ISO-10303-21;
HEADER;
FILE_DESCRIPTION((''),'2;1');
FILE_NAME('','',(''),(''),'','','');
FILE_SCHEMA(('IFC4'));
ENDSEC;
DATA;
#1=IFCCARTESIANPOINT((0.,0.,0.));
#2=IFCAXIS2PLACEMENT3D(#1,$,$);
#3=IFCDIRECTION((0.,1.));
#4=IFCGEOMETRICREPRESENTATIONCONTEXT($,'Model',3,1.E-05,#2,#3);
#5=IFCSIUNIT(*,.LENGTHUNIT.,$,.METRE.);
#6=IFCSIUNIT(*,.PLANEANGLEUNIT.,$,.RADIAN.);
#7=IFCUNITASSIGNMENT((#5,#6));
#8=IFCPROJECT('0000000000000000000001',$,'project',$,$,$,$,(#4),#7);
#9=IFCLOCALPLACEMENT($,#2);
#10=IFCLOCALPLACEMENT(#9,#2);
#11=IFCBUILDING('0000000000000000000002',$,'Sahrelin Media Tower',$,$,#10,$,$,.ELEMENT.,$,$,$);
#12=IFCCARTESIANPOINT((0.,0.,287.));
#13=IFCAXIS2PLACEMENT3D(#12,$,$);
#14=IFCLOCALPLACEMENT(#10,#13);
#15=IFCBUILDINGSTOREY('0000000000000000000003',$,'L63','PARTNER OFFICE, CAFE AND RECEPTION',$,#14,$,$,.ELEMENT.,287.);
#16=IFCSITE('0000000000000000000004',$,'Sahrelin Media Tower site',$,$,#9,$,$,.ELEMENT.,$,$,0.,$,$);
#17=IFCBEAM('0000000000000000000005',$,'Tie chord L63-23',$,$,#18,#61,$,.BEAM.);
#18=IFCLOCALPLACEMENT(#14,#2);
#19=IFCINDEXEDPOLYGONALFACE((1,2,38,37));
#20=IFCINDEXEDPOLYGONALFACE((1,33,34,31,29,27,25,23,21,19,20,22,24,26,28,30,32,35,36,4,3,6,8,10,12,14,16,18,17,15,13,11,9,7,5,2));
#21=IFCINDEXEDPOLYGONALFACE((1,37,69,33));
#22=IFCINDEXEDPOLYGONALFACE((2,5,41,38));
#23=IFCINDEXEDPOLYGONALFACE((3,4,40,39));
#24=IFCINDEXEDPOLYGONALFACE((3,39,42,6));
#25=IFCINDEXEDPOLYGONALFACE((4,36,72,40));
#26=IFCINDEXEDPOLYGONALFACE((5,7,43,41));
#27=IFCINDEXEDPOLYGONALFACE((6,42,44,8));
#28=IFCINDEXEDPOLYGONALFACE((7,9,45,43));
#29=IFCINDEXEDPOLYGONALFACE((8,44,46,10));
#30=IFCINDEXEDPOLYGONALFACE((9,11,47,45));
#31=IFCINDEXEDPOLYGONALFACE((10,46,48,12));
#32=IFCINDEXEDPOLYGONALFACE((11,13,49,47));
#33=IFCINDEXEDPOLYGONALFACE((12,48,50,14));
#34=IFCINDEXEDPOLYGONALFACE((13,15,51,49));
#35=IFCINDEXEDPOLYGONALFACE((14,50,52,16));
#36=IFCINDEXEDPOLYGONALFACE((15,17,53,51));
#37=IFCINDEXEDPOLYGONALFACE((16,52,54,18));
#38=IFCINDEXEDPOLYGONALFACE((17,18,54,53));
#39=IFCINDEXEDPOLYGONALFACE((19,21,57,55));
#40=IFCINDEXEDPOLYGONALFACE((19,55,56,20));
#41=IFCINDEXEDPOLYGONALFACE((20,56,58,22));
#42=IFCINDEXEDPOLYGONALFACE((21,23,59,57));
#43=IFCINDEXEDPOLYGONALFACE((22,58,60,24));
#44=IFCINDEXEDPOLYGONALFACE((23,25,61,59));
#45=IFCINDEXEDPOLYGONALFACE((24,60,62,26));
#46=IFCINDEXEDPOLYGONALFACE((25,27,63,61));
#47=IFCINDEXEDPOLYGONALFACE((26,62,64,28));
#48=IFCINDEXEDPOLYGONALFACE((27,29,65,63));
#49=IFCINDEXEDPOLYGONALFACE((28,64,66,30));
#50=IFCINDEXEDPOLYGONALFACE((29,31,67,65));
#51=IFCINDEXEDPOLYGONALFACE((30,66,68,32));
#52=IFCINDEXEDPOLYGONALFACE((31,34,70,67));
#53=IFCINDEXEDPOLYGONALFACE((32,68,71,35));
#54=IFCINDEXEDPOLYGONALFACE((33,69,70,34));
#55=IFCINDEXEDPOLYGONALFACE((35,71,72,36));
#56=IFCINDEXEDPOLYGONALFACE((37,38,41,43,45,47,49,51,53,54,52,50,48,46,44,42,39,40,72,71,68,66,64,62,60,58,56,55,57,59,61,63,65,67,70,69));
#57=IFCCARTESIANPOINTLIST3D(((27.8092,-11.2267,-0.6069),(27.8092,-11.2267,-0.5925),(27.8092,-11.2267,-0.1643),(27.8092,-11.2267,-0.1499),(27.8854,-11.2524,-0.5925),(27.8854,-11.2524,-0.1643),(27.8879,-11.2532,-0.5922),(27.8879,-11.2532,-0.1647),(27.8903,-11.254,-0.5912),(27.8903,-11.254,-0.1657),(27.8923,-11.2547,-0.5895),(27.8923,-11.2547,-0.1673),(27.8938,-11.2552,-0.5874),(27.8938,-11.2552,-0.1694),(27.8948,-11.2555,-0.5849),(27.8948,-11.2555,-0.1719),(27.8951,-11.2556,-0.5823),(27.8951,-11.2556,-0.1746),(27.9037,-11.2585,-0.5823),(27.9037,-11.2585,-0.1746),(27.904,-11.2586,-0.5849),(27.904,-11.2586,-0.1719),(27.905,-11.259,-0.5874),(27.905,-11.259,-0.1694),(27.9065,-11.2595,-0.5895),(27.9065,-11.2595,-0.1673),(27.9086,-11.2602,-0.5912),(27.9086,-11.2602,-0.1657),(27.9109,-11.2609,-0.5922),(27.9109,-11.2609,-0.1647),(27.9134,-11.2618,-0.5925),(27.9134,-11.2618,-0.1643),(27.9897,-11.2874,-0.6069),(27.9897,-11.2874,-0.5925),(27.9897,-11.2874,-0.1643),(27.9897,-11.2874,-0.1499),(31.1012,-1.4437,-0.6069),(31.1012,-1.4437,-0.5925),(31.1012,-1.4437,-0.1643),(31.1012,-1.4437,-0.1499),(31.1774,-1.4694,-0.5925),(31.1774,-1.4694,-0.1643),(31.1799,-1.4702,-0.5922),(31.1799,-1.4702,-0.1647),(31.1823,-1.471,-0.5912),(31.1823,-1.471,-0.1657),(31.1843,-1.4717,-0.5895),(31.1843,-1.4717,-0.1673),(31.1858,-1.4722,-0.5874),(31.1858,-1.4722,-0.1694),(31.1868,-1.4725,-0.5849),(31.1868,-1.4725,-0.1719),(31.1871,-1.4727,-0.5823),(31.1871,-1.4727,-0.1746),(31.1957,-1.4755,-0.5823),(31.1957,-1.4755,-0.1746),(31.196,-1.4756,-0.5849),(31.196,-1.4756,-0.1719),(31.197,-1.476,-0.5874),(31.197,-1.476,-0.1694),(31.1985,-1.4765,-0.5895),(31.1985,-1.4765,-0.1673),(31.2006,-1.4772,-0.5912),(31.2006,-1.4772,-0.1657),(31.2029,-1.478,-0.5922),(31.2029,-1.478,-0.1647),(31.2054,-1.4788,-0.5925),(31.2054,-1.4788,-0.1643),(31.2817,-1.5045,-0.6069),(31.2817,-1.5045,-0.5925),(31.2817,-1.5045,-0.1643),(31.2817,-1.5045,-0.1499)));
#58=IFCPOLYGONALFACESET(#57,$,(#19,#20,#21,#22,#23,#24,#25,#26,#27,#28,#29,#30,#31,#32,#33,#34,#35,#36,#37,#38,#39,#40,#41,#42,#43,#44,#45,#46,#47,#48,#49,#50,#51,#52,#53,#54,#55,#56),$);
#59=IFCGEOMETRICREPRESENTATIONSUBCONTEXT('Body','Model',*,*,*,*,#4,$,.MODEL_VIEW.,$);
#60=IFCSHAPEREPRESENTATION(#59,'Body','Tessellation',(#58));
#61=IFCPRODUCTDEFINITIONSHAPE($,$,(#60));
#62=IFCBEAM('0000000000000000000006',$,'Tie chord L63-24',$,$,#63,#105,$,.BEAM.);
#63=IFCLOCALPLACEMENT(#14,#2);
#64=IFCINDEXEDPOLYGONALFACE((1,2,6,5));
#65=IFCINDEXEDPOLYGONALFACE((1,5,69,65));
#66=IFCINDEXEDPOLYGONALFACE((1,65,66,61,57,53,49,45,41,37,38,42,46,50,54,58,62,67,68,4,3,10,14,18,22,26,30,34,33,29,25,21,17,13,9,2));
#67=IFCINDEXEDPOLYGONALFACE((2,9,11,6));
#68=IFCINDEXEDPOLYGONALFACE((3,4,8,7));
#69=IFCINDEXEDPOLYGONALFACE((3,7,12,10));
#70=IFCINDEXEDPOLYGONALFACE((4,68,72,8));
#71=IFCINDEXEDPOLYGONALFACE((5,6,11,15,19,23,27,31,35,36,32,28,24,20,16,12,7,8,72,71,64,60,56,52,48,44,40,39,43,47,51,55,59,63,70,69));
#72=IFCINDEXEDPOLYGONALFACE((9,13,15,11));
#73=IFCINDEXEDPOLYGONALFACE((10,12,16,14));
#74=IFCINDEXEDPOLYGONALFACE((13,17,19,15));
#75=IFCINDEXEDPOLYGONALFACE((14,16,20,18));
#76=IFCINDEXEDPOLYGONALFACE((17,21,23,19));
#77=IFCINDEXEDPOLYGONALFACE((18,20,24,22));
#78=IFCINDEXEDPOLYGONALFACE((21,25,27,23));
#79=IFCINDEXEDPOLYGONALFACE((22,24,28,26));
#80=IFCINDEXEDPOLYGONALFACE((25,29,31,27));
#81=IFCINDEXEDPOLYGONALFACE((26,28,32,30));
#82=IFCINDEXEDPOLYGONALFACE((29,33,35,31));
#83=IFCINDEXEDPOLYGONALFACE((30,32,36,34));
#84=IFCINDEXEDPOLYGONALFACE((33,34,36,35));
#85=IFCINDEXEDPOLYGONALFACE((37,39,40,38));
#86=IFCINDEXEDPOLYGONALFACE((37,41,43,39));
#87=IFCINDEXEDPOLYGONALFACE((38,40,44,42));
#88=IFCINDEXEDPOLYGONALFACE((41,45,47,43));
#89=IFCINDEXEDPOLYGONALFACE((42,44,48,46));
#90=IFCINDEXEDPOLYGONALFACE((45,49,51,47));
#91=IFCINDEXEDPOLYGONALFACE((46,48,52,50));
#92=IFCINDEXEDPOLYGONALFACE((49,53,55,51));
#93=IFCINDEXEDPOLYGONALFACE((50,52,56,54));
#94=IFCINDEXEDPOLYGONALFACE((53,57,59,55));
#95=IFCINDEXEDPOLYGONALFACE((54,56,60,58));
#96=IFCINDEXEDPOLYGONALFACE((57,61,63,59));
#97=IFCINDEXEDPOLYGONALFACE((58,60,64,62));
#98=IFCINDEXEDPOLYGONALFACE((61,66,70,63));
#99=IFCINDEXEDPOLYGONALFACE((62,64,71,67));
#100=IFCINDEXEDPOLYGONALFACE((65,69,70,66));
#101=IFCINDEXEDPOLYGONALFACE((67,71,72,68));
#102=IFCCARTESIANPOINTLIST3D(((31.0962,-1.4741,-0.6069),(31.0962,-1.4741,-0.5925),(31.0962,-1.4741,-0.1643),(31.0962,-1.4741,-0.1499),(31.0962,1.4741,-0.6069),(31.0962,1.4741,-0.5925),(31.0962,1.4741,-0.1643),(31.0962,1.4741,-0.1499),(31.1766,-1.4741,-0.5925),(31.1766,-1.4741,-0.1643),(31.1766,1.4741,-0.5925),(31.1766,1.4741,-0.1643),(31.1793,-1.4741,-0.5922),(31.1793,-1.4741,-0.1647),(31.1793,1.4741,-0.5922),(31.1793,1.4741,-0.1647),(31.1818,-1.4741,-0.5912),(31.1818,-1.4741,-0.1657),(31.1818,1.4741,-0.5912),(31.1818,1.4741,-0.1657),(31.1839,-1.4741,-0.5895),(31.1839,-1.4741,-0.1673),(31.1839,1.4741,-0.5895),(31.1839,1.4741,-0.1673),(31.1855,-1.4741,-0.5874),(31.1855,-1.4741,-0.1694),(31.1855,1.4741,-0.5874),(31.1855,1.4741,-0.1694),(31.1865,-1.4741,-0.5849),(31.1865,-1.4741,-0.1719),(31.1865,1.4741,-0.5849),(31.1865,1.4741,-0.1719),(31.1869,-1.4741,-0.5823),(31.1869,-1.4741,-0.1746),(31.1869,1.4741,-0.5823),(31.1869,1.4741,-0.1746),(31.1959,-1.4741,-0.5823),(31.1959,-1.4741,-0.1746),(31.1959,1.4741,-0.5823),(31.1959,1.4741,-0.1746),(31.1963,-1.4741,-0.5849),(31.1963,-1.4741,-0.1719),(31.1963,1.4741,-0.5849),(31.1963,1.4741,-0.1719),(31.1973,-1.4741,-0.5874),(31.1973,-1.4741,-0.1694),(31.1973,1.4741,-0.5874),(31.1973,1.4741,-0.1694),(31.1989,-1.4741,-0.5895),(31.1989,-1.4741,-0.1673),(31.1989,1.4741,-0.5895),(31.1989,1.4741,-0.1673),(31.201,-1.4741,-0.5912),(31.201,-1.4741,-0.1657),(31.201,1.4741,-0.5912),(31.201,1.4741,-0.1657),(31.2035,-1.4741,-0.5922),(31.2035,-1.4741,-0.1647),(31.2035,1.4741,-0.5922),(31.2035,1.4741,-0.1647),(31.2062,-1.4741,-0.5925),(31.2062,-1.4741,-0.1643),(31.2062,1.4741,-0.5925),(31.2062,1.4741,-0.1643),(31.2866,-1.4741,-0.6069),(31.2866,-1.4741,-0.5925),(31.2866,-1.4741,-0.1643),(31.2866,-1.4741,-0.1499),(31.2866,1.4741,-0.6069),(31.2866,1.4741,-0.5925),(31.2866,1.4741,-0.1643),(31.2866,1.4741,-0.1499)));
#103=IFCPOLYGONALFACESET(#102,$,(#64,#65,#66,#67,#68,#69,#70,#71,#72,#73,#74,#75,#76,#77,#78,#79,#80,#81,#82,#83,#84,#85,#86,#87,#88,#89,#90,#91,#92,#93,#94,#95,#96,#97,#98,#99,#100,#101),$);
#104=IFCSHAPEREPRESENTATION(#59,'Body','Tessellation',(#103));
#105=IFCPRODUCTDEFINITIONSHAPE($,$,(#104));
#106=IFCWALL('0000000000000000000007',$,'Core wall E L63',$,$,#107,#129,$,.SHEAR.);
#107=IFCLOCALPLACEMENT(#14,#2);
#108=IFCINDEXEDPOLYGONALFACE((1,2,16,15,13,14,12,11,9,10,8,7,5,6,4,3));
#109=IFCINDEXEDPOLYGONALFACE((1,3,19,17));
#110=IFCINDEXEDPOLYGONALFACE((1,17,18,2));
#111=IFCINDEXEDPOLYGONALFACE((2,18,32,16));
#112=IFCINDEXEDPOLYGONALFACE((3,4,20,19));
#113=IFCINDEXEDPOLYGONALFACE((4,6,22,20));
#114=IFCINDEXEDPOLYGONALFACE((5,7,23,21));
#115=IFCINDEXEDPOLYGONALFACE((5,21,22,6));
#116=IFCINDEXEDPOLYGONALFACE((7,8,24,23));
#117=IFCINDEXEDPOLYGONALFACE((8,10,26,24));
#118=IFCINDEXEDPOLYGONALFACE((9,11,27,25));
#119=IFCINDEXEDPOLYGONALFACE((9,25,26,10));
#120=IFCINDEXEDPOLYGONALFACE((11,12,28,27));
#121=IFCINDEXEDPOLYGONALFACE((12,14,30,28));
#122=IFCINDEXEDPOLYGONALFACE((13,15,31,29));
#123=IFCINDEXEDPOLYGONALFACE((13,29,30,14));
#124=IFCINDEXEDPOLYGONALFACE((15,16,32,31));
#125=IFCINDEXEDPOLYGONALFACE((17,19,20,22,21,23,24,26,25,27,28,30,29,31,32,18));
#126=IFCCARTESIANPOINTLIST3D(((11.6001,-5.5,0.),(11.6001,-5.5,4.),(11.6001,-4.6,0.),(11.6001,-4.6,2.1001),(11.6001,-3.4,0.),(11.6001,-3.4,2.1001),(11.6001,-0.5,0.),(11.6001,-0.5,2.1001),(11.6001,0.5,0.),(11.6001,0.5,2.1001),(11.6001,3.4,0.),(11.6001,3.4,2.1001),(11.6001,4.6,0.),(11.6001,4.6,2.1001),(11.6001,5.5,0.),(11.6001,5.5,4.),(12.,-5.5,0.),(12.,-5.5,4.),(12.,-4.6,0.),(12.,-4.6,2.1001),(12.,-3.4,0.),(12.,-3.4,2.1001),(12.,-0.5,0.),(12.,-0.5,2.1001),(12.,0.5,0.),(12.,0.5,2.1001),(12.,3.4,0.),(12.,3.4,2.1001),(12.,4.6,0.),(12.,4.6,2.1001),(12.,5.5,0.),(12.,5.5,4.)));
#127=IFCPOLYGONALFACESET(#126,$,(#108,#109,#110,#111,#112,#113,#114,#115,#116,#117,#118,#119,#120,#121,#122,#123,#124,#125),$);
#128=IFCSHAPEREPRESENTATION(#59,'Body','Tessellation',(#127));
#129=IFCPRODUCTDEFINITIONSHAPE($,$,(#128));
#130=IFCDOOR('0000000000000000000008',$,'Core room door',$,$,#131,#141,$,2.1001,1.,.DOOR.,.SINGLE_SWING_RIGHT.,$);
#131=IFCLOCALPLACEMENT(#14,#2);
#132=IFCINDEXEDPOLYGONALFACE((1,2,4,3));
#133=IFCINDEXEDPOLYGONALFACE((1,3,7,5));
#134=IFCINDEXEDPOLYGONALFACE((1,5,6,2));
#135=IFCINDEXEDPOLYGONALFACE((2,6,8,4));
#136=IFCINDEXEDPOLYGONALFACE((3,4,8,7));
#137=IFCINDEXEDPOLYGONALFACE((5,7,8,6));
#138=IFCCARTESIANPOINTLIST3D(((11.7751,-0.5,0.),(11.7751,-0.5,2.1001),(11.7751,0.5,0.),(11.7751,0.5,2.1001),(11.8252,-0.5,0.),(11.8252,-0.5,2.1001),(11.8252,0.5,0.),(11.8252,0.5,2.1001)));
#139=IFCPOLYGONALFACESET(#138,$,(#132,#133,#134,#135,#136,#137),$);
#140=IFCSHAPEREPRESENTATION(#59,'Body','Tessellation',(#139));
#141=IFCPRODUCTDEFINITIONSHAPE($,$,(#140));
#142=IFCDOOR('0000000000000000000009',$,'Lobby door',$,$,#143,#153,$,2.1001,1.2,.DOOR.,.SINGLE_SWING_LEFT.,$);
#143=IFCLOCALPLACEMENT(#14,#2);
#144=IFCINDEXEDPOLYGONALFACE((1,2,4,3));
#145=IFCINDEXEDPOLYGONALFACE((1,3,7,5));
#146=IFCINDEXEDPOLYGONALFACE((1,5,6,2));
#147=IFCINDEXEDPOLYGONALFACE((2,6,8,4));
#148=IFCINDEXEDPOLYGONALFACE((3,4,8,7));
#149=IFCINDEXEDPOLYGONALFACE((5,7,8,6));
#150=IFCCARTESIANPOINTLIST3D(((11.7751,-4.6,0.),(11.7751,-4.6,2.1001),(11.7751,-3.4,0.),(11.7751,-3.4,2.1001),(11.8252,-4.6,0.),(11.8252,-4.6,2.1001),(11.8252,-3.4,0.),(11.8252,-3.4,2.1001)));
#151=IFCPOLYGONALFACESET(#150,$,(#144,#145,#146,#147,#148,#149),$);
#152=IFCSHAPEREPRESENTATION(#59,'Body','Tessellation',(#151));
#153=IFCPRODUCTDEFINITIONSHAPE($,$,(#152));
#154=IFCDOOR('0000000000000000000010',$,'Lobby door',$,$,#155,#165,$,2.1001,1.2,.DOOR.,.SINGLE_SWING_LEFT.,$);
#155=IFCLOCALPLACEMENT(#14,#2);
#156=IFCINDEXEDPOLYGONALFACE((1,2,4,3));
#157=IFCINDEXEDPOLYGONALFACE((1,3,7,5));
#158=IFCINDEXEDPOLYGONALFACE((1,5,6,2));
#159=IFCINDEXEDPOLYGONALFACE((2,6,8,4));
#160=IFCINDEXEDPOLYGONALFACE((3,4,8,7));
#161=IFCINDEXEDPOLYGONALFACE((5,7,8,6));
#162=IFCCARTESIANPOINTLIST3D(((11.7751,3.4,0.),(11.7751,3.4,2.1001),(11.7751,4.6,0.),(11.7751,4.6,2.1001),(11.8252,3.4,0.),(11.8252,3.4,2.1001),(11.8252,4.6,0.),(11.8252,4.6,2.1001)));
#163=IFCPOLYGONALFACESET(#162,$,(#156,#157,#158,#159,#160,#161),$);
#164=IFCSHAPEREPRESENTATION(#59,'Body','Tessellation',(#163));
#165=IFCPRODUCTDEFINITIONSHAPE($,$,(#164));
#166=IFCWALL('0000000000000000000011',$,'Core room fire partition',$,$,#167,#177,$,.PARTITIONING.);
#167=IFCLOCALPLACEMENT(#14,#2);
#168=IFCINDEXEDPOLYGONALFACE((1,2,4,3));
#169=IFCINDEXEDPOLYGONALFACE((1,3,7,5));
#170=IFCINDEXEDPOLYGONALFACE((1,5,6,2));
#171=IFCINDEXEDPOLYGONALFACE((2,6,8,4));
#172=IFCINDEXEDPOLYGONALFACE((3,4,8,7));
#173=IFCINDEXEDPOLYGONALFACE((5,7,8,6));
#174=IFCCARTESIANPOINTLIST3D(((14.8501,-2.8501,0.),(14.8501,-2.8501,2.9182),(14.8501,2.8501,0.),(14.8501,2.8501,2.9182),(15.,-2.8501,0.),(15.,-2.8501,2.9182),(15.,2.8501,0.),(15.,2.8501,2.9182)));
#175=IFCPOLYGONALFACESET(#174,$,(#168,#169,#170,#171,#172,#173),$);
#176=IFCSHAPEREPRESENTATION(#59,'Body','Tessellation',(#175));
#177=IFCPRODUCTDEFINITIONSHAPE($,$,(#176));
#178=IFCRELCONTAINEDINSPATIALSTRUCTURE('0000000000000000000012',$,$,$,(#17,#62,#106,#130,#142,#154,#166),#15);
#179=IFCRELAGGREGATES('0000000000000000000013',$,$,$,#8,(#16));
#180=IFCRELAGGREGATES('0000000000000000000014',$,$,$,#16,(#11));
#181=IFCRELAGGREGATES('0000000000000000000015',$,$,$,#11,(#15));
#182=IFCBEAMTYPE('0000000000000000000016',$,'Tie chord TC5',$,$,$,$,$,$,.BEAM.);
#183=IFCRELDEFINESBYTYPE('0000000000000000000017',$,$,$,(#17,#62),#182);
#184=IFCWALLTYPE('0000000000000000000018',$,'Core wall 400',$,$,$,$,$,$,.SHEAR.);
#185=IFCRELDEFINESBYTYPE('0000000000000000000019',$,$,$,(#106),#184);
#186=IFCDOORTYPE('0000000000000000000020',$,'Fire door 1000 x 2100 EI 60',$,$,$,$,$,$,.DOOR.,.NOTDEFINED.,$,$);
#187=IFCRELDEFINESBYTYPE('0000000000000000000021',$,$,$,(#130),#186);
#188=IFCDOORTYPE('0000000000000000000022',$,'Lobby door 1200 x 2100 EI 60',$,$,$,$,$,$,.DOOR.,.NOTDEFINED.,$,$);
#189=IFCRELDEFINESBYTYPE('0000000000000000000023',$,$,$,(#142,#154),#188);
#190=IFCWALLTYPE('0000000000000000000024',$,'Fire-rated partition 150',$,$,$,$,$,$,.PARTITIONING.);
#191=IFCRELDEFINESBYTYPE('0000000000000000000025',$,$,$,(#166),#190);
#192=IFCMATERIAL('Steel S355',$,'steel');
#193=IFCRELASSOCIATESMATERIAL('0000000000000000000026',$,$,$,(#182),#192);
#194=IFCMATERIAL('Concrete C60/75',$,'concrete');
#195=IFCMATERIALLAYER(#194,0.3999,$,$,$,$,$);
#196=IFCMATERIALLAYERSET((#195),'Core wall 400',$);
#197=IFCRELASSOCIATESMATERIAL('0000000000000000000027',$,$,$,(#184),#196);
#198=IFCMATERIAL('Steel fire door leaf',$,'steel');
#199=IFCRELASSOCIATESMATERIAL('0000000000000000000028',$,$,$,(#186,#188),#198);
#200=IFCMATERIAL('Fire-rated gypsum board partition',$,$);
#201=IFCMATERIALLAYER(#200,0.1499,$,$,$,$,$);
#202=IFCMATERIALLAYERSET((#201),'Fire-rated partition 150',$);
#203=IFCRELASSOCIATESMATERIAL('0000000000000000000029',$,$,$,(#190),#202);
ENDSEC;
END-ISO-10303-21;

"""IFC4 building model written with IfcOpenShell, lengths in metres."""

from ifc_helpers import new_model, si_unit, direction, frame, frame_2d, origin, origin_2d, place, context, subcontext, project, spatial, rectangle, i_section, extrude, material, layer, layer_set, material_profile, profile_set, type_object, element, fill, save


model = new_model("IFC4")

# Units and contexts
model_context = context("Model", 3, precision=1e-05, world=origin(), true_north=direction((0.0, 1.0)))
body_context = subcontext(model_context, "Body", "Model", "MODEL_VIEW")
ifc_project = project(units=[si_unit("LENGTHUNIT", "METRE"), si_unit("PLANEANGLEUNIT", "RADIAN")], contexts=[model_context])

# Site, building, storey
site_placement = place(None, origin())
site = spatial("IfcSite", under=ifc_project, at=site_placement, Name="Sahrelin Media Tower site", CompositionType="ELEMENT", RefElevation=0.0)
building_placement = place(site_placement, origin())
building = spatial("IfcBuilding", under=site, at=building_placement, Name="Sahrelin Media Tower", CompositionType="ELEMENT")
storey_placement = place(building_placement, frame((0.0, 0.0, 287.0)))
storey = spatial("IfcBuildingStorey", under=building, at=storey_placement, Name="L63", Description="PARTNER OFFICE, CAFE AND RECEPTION", CompositionType="ELEMENT", Elevation=287.0)

# Beams
ifc_material_1 = material(Name="Steel S355", Category="steel")
ifc_material_profile_1 = material_profile(ifc_material_1, i_section(OverallWidth=0.1904, OverallDepth=0.457, WebThickness=0.009, FlangeThickness=0.0144, FilletRadius=0.0103, at=origin_2d()), Name="UB 457x191x74")
ifc_profile_set_1 = profile_set([ifc_material_profile_1], Name="Steel S355")
beam_type_1 = type_object("IfcBeamType", Name="Tie chord TC5", PredefinedType="BEAM", material=ifc_profile_set_1)
beam_1_placement = place(storey_placement, frame((27.8994, -11.2571, -0.3784), z_axis=(0.31893, 0.947778, 0.0), x_axis=(-0.947778, 0.31893, 0.0)))
element("IfcBeam", 1, at=beam_1_placement, inside=storey, type_object=beam_type_1, Name="Tie chord L63-23", PredefinedType="BEAM", context=body_context, shape_type="SweptSolid", body=[
    extrude(i_section(OverallWidth=0.1904, OverallDepth=0.457, WebThickness=0.009, FlangeThickness=0.0144, FilletRadius=0.0103, at=origin_2d()), origin(), (0.0, 0.0, 1.0), 10.322),
])
beam_2_placement = place(storey_placement, frame((31.1914, -1.4741, -0.3784), z_axis=(0.0, 1.0, 0.0), x_axis=(-1.0, 0.0, 0.0)))
element("IfcBeam", 2, at=beam_2_placement, inside=storey, type_object=beam_type_1, Name="Tie chord L63-24", PredefinedType="BEAM", context=body_context, shape_type="SweptSolid", body=[
    extrude(i_section(OverallWidth=0.1904, OverallDepth=0.457, WebThickness=0.009, FlangeThickness=0.0144, FilletRadius=0.0103, at=origin_2d()), origin(), (0.0, 0.0, 1.0), 2.9482),
])

# Wall, openings, doors
ifc_material_2 = material(Name="Concrete C60/75", Category="concrete")
ifc_layer_1 = layer(ifc_material_2, 0.3999)
ifc_layer_set_1 = layer_set([ifc_layer_1], Name="Core wall 400")
wall_type_1 = type_object("IfcWallType", Name="Core wall 400", PredefinedType="SHEAR", material=ifc_layer_set_1)
wall_1_placement = place(storey_placement, frame((11.8, -5.5, 0.0), z_axis=(0.0, 0.0, 1.0), x_axis=(0.0, 1.0, 0.0)))
wall_1 = element("IfcWall", 3, at=wall_1_placement, inside=storey, type_object=wall_type_1, Name="Core wall E L63", PredefinedType="SHEAR", context=body_context, shape_type="SweptSolid", body=[
    extrude(rectangle(XDim=11.0, YDim=0.3999, at=frame_2d((5.5, 0.0))), origin(), (0.0, 0.0, 1.0), 4.0),
])
opening_1_placement = place(wall_1_placement, frame((5.0, 0.0, 0.0)))
opening_1 = element("IfcOpeningElement", 4, at=opening_1_placement, cuts=wall_1, PredefinedType="OPENING", context=body_context, shape_type="SweptSolid", body=[
    extrude(rectangle(XDim=1.0, YDim=2.1001, at=frame_2d((0.5, 1.05))), frame((0.0, 0.2, 0.0), z_axis=(0.0, -1.0, 0.0), x_axis=(1.0, 0.0, 0.0)), (0.0, 0.0, 1.0), 0.3999),
])
opening_2_placement = place(wall_1_placement, frame((0.8999, 0.0, 0.0)))
opening_2 = element("IfcOpeningElement", 5, at=opening_2_placement, cuts=wall_1, PredefinedType="OPENING", context=body_context, shape_type="SweptSolid", body=[
    extrude(rectangle(XDim=1.2, YDim=2.1001, at=frame_2d((0.6001, 1.05))), frame((0.0, 0.2, 0.0), z_axis=(0.0, -1.0, 0.0), x_axis=(1.0, 0.0, 0.0)), (0.0, 0.0, 1.0), 0.3999),
])
opening_3_placement = place(wall_1_placement, frame((8.8999, 0.0, 0.0)))
opening_3 = element("IfcOpeningElement", 6, at=opening_3_placement, cuts=wall_1, PredefinedType="OPENING", context=body_context, shape_type="SweptSolid", body=[
    extrude(rectangle(XDim=1.2, YDim=2.1001, at=frame_2d((0.6001, 1.05))), frame((0.0, 0.2, 0.0), z_axis=(0.0, -1.0, 0.0), x_axis=(1.0, 0.0, 0.0)), (0.0, 0.0, 1.0), 0.3999),
])
ifc_material_3 = material(Name="Steel fire door leaf", Category="steel")
door_type_1 = type_object("IfcDoorType", Name="Fire door 1000 x 2100 EI 60", OperationType="NOTDEFINED", PredefinedType="DOOR", material=ifc_material_3)
door_1_placement = place(opening_1_placement, origin())
door_1 = element("IfcDoor", 7, at=door_1_placement, inside=storey, type_object=door_type_1, Name="Core room door", OperationType="SINGLE_SWING_RIGHT", OverallHeight=2.1001, OverallWidth=1.0, PredefinedType="DOOR", context=body_context, shape_type="SweptSolid", body=[
    extrude(rectangle(XDim=1.0, YDim=2.1001, at=frame_2d((0.5, 1.05))), frame((0.0, 0.0249, 0.0), z_axis=(0.0, -1.0, 0.0), x_axis=(1.0, 0.0, 0.0)), (0.0, 0.0, 1.0), 0.05),
])
fill(opening_1, door_1)
door_type_2 = type_object("IfcDoorType", Name="Lobby door 1200 x 2100 EI 60", OperationType="NOTDEFINED", PredefinedType="DOOR", material=ifc_material_3)
door_2_placement = place(opening_2_placement, origin())
door_2 = element("IfcDoor", 8, at=door_2_placement, inside=storey, type_object=door_type_2, Name="Lobby door", OperationType="SINGLE_SWING_LEFT", OverallHeight=2.1001, OverallWidth=1.2, PredefinedType="DOOR", context=body_context, shape_type="SweptSolid", body=[
    extrude(rectangle(XDim=1.2, YDim=2.1001, at=frame_2d((0.6001, 1.05))), frame((0.0, 0.0249, 0.0), z_axis=(0.0, -1.0, 0.0), x_axis=(1.0, 0.0, 0.0)), (0.0, 0.0, 1.0), 0.05),
])
fill(opening_2, door_2)
door_3_placement = place(opening_3_placement, origin())
door_3 = element("IfcDoor", 9, at=door_3_placement, inside=storey, type_object=door_type_2, Name="Lobby door", OperationType="SINGLE_SWING_LEFT", OverallHeight=2.1001, OverallWidth=1.2, PredefinedType="DOOR", context=body_context, shape_type="SweptSolid", body=[
    extrude(rectangle(XDim=1.2, YDim=2.1001, at=frame_2d((0.6001, 1.05))), frame((0.0, 0.0249, 0.0), z_axis=(0.0, -1.0, 0.0), x_axis=(1.0, 0.0, 0.0)), (0.0, 0.0, 1.0), 0.05),
])
fill(opening_3, door_3)

# Wall
ifc_material_4 = material(Name="Fire-rated gypsum board partition")
ifc_layer_2 = layer(ifc_material_4, 0.1499)
ifc_layer_set_2 = layer_set([ifc_layer_2], Name="Fire-rated partition 150")
wall_type_2 = type_object("IfcWallType", Name="Fire-rated partition 150", PredefinedType="PARTITIONING", material=ifc_layer_set_2)
wall_2_placement = place(storey_placement, frame((14.925, -2.8501, 0.0), z_axis=(0.0, 0.0, 1.0), x_axis=(0.0, 1.0, 0.0)))
element("IfcWall", 10, at=wall_2_placement, inside=storey, type_object=wall_type_2, Name="Core room fire partition", PredefinedType="PARTITIONING", context=body_context, shape_type="SweptSolid", body=[
    extrude(rectangle(XDim=5.7002, YDim=0.1499, at=frame_2d((2.8501, 0.0))), origin(), (0.0, 0.0, 1.0), 2.9182),
])

save(model, "model.ifc")
